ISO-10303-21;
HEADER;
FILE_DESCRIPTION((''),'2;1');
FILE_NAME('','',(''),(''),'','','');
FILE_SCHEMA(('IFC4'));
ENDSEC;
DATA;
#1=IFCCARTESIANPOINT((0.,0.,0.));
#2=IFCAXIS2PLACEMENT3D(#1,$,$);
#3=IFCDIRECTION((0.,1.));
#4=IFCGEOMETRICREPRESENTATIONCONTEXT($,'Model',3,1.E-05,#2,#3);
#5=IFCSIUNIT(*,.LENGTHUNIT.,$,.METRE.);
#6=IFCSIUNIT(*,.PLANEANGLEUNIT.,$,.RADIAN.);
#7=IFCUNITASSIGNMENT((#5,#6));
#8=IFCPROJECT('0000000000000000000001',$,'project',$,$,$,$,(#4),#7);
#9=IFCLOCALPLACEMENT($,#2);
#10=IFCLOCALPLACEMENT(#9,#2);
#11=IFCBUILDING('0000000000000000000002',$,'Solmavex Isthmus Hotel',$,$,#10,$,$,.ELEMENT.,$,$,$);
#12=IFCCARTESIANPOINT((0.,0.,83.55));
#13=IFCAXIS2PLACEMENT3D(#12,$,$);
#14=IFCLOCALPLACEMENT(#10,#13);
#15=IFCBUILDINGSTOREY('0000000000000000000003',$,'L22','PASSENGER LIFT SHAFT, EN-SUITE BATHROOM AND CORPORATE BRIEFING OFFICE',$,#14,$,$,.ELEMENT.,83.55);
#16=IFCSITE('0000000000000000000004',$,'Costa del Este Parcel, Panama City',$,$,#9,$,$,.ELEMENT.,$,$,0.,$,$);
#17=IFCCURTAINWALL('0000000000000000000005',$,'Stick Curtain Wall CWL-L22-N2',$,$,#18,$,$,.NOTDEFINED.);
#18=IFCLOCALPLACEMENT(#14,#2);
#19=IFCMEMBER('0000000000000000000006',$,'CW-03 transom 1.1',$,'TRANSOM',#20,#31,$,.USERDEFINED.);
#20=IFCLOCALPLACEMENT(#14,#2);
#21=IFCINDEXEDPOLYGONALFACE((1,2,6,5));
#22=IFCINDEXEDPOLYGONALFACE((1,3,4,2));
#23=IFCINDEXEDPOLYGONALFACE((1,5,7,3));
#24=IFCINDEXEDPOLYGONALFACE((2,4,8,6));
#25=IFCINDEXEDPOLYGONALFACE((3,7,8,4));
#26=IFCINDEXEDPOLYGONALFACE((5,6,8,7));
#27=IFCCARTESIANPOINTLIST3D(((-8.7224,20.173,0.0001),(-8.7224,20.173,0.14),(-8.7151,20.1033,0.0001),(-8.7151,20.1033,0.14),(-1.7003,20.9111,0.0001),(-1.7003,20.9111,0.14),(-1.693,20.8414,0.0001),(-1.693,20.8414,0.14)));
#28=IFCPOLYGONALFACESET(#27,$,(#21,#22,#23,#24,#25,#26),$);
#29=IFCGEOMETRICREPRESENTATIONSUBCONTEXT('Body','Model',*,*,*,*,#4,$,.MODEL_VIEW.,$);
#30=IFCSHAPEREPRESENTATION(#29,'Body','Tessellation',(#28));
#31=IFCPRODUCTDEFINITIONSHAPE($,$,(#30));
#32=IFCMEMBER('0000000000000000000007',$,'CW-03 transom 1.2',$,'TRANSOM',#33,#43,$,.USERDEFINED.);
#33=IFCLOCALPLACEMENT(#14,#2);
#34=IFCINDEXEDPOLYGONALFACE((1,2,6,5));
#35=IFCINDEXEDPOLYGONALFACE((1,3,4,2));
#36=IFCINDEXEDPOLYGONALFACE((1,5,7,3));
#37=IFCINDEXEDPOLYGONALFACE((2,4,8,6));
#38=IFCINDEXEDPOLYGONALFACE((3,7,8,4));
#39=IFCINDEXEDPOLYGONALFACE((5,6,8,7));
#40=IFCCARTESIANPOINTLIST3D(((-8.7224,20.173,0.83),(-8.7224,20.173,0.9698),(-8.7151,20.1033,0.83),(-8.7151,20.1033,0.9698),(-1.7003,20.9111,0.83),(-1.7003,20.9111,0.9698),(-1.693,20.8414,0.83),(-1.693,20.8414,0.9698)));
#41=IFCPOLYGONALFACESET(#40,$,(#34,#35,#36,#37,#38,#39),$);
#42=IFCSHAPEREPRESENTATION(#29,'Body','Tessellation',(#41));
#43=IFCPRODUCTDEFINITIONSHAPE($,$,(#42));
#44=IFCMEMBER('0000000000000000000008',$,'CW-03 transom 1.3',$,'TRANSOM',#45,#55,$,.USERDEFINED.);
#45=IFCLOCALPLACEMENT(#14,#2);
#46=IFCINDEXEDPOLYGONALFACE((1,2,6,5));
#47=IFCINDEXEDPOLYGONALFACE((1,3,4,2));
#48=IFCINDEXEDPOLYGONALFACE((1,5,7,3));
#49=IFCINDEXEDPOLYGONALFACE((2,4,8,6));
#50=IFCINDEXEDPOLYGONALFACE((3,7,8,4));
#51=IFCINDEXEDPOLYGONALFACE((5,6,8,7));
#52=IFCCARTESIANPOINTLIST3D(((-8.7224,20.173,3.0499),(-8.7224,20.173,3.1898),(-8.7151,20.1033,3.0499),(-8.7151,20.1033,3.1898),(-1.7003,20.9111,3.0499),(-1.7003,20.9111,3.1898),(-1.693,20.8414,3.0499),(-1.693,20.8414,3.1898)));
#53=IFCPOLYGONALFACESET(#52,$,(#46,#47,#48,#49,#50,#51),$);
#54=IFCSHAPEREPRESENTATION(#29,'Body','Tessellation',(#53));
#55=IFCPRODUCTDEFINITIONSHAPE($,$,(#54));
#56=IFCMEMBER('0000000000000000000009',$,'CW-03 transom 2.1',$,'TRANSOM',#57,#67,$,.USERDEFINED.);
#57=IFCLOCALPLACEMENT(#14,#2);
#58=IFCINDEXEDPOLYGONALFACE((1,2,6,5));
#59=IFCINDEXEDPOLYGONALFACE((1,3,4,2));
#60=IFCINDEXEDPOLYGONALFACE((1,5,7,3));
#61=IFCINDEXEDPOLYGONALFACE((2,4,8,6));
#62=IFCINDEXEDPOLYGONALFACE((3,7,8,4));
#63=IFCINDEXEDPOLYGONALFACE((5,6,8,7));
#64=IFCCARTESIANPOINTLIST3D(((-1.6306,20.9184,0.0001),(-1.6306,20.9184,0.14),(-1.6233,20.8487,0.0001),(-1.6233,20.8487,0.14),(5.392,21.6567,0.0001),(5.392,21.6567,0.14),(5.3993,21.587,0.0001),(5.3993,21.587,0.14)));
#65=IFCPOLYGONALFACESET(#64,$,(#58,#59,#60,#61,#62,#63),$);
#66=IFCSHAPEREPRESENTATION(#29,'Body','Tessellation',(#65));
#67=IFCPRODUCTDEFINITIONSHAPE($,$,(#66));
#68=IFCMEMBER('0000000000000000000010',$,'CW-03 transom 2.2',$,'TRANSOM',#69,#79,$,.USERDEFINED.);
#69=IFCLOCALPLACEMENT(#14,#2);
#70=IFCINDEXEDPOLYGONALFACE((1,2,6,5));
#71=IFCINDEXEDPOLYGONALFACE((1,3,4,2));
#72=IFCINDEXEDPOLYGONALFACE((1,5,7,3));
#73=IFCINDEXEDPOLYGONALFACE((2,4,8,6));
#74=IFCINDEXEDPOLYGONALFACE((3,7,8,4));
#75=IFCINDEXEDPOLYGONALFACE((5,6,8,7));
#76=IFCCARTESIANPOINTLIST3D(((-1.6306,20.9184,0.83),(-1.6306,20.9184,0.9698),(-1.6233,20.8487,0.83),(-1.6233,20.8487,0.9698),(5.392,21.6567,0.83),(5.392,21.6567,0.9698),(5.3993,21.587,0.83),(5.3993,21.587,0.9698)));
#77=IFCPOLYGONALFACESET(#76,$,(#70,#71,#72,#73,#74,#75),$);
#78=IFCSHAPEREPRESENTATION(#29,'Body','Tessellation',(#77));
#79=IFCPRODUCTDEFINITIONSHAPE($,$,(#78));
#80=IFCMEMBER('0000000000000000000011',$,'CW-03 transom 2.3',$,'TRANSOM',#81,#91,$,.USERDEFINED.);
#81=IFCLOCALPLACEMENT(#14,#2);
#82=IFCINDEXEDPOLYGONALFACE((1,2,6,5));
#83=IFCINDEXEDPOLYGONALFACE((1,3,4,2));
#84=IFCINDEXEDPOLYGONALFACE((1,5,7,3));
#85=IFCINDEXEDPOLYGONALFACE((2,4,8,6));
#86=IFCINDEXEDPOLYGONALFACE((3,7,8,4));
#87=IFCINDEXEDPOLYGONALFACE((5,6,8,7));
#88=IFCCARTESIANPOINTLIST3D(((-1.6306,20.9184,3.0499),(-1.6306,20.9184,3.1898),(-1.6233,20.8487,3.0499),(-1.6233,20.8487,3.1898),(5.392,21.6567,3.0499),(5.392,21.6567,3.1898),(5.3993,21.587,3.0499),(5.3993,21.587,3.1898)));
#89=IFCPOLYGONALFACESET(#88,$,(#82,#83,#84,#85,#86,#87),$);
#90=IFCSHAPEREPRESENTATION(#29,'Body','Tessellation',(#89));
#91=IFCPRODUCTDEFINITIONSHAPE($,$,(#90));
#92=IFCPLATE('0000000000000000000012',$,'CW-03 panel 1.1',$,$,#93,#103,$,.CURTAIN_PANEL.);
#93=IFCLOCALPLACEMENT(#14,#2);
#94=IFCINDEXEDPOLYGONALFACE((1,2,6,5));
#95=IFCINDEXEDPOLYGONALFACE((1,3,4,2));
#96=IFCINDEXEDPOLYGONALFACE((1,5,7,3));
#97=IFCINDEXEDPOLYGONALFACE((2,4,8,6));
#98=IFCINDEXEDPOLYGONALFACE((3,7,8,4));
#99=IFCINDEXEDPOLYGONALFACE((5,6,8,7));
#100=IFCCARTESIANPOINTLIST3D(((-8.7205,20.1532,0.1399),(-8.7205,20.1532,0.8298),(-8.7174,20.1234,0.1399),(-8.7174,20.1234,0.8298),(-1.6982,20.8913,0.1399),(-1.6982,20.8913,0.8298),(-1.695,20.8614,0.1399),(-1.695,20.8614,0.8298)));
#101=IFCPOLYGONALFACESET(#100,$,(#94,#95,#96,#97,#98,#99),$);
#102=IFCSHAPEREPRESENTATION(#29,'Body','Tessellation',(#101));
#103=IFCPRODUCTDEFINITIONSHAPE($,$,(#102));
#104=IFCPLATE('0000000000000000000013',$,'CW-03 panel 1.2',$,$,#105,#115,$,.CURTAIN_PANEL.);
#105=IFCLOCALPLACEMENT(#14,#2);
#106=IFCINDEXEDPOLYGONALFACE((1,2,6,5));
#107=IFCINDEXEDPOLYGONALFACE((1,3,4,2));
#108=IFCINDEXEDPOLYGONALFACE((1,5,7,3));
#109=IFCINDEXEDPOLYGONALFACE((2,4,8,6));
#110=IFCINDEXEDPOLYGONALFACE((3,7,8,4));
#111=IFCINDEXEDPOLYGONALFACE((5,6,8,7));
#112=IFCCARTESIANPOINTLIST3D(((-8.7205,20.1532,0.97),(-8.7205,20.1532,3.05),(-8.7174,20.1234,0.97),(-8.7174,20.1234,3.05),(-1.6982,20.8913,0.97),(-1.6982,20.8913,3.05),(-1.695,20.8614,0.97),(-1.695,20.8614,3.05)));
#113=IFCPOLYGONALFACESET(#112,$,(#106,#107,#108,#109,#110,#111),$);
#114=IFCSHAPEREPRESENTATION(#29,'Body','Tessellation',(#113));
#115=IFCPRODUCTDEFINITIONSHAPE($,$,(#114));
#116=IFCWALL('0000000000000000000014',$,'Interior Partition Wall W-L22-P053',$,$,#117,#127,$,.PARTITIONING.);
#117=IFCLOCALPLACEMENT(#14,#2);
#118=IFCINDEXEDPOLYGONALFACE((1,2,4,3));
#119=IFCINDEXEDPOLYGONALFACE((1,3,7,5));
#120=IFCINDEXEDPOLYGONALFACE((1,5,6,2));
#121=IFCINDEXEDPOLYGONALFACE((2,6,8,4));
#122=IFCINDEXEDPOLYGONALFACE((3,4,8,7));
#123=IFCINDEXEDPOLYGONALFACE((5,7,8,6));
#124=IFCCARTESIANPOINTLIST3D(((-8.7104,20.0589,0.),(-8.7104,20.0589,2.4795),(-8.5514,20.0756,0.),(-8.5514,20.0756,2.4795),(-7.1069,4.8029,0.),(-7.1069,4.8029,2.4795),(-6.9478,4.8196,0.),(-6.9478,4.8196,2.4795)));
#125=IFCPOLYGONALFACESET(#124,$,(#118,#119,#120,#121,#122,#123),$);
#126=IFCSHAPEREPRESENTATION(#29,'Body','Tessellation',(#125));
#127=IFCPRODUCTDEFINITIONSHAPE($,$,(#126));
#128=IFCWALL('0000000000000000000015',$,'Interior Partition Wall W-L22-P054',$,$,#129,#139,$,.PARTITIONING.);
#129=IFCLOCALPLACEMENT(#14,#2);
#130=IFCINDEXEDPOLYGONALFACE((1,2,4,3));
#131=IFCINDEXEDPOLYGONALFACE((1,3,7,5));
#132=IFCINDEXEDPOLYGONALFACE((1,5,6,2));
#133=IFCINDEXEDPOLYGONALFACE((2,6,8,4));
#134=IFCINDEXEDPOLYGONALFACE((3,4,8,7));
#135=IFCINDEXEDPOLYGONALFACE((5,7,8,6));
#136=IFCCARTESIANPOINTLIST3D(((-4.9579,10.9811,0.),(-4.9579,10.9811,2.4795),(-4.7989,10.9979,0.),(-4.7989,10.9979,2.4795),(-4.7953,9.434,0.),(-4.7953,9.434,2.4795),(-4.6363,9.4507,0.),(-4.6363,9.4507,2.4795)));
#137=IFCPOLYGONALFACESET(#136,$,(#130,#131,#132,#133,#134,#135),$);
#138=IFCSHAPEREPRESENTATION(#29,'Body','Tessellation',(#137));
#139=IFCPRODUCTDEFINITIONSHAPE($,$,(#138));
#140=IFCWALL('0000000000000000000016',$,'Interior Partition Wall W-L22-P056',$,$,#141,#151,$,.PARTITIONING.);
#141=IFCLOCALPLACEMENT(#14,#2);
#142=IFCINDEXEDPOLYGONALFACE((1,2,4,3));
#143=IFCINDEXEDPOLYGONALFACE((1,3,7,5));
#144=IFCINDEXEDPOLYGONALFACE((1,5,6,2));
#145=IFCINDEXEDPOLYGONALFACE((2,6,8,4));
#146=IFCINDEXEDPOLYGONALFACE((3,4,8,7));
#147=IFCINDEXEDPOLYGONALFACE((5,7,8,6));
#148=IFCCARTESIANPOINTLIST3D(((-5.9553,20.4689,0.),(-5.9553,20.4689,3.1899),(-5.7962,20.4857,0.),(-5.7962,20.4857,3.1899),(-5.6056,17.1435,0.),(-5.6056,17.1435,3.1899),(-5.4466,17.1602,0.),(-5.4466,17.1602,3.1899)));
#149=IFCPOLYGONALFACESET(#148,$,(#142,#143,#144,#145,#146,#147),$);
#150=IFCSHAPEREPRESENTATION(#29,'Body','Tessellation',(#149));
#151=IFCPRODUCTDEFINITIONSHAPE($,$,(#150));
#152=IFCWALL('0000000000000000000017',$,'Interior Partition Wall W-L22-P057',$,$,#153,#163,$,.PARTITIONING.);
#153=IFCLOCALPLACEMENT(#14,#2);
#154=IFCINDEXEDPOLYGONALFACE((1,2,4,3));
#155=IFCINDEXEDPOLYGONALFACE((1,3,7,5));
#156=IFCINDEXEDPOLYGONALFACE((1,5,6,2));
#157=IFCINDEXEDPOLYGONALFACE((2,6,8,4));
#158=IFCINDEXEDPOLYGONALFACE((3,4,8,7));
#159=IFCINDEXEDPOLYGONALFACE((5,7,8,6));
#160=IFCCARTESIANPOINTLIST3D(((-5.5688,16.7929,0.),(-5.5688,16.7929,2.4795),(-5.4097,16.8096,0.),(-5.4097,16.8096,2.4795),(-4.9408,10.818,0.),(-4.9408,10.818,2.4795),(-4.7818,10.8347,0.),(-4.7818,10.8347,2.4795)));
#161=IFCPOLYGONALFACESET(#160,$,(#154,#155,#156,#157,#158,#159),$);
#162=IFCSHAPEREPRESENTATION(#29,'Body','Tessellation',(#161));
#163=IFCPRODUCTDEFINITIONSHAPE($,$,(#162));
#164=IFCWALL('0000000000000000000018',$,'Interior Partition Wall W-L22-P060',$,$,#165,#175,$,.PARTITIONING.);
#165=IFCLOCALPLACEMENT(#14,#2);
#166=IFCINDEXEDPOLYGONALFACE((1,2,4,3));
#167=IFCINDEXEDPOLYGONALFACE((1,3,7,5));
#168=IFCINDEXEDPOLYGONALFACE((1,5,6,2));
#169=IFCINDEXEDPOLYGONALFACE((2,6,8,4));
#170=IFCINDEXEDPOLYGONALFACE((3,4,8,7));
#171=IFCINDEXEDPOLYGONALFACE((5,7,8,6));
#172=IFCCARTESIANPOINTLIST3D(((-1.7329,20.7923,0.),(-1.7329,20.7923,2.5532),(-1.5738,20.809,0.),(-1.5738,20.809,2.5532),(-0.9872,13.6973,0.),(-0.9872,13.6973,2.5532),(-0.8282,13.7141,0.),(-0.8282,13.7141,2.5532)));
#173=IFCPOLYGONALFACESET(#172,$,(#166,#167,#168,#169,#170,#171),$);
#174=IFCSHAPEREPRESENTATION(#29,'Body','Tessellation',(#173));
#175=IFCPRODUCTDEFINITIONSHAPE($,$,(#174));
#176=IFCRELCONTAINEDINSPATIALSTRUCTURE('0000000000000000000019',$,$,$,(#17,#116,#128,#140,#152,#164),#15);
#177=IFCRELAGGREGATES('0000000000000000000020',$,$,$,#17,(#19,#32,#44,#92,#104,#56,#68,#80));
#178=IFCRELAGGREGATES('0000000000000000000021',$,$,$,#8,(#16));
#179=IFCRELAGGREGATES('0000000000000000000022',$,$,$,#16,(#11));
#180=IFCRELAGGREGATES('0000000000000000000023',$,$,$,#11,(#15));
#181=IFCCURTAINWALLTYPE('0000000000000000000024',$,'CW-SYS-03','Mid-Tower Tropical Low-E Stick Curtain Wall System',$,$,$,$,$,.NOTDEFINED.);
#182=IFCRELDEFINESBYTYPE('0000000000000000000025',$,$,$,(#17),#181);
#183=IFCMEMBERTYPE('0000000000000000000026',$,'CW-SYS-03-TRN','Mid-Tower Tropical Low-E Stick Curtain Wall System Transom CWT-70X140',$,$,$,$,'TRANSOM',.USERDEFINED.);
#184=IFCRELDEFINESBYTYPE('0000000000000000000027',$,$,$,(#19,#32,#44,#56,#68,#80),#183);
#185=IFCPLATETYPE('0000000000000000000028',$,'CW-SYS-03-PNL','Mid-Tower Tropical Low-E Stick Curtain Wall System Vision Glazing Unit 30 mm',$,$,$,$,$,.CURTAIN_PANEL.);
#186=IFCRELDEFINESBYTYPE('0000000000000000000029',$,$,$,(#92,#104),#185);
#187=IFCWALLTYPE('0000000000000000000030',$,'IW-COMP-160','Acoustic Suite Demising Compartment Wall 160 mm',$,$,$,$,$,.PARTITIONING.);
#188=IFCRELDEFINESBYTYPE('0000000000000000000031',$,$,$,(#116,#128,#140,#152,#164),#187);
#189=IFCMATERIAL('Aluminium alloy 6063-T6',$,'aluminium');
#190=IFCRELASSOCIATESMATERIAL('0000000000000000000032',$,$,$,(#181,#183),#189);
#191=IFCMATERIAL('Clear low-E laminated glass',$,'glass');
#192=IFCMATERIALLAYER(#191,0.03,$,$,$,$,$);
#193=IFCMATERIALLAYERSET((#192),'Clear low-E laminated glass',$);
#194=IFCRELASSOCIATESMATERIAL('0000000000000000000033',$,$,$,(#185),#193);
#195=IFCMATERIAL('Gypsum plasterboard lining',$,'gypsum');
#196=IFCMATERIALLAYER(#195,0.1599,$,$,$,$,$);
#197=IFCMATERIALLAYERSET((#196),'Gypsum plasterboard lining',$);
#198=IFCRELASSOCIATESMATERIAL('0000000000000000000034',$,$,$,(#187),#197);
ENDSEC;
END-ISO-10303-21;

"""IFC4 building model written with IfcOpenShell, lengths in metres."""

from ifc_helpers import new_model, si_unit, direction, frame, frame_2d, origin, origin_2d, place, context, subcontext, project, spatial, rectangle, extrude, material, layer, layer_set, material_profile, profile_set, type_object, element, aggregate, save


model = new_model("IFC4")

# Units and contexts
model_context = context("Model", 3, precision=1e-05, world=origin(), true_north=direction((0.0, 1.0)))
body_context = subcontext(model_context, "Body", "Model", "MODEL_VIEW")
ifc_project = project(units=[si_unit("LENGTHUNIT", "METRE"), si_unit("PLANEANGLEUNIT", "RADIAN")], contexts=[model_context])

# Site, building, storey
site_placement = place(None, origin())
site = spatial("IfcSite", under=ifc_project, at=site_placement, Name="Costa del Este Parcel, Panama City", CompositionType="ELEMENT", RefElevation=0.0)
building_placement = place(site_placement, origin())
building = spatial("IfcBuilding", under=site, at=building_placement, Name="Solmavex Isthmus Hotel", CompositionType="ELEMENT")
storey_placement = place(building_placement, frame((0.0, 0.0, 83.55)))
storey = spatial("IfcBuildingStorey", under=building, at=storey_placement, Name="L22", Description="PASSENGER LIFT SHAFT, EN-SUITE BATHROOM AND CORPORATE BRIEFING OFFICE", CompositionType="ELEMENT", Elevation=83.55)

# Shared definitions
ifc_material_1 = material(Name="Aluminium alloy 6063-T6", Category="aluminium")
curtain_wall_type = type_object("IfcCurtainWallType", Name="CW-SYS-03", Description="Mid-Tower Tropical Low-E Stick Curtain Wall System", PredefinedType="NOTDEFINED", material=ifc_material_1)

# Curtain wall, members, plates
curtain_wall_1_placement = place(storey_placement, origin())
curtain_wall_1 = element("IfcCurtainWall", 1, at=curtain_wall_1_placement, inside=storey, type_object=curtain_wall_type, Name="Stick Curtain Wall CWL-L22-N2", PredefinedType="NOTDEFINED")
ifc_material_profile_1 = material_profile(ifc_material_1, rectangle(XDim=0.0701, YDim=0.1399, at=origin_2d()), Name="CWT-70X140")
ifc_profile_set_1 = profile_set([ifc_material_profile_1], Name="Aluminium alloy 6063-T6")
member_type_1 = type_object("IfcMemberType", Name="CW-SYS-03-TRN", Description="Mid-Tower Tropical Low-E Stick Curtain Wall System Transom CWT-70X140", ElementType="TRANSOM", PredefinedType="USERDEFINED", material=ifc_profile_set_1)
member_1_placement = place(storey_placement, frame((-8.7188, 20.1382, 0.0701), z_axis=(0.994522, 0.104525, 0.0), x_axis=(-0.104525, 0.994522, 0.0)))
member_1 = element("IfcMember", 2, at=member_1_placement, type_object=member_type_1, Name="CW-03 transom 1.1", ObjectType="TRANSOM", PredefinedType="USERDEFINED", context=body_context, shape_type="SweptSolid", body=[
    extrude(rectangle(XDim=0.0701, YDim=0.1399, at=origin_2d()), origin(), (0.0, 0.0, 1.0), 7.0608),
])
member_2_placement = place(storey_placement, frame((-8.7188, 20.1382, 0.8999), z_axis=(0.994522, 0.104525, 0.0), x_axis=(-0.104525, 0.994522, 0.0)))
member_2 = element("IfcMember", 3, at=member_2_placement, type_object=member_type_1, Name="CW-03 transom 1.2", ObjectType="TRANSOM", PredefinedType="USERDEFINED", context=body_context, shape_type="SweptSolid", body=[
    extrude(rectangle(XDim=0.0701, YDim=0.1399, at=origin_2d()), origin(), (0.0, 0.0, 1.0), 7.0608),
])
member_3_placement = place(storey_placement, frame((-8.7188, 20.1382, 3.1199), z_axis=(0.994522, 0.104525, 0.0), x_axis=(-0.104525, 0.994522, 0.0)))
member_3 = element("IfcMember", 4, at=member_3_placement, type_object=member_type_1, Name="CW-03 transom 1.3", ObjectType="TRANSOM", PredefinedType="USERDEFINED", context=body_context, shape_type="SweptSolid", body=[
    extrude(rectangle(XDim=0.0701, YDim=0.1399, at=origin_2d()), origin(), (0.0, 0.0, 1.0), 7.0608),
])
member_4_placement = place(storey_placement, frame((-1.627, 20.8835, 0.0701), z_axis=(0.994519, 0.104555, 0.0), x_axis=(-0.104555, 0.994519, 0.0)))
member_4 = element("IfcMember", 5, at=member_4_placement, type_object=member_type_1, Name="CW-03 transom 2.1", ObjectType="TRANSOM", PredefinedType="USERDEFINED", context=body_context, shape_type="SweptSolid", body=[
    extrude(rectangle(XDim=0.0701, YDim=0.1399, at=origin_2d()), origin(), (0.0, 0.0, 1.0), 7.0613),
])
member_5_placement = place(storey_placement, frame((-1.627, 20.8835, 0.8999), z_axis=(0.994519, 0.104555, 0.0), x_axis=(-0.104555, 0.994519, 0.0)))
member_5 = element("IfcMember", 6, at=member_5_placement, type_object=member_type_1, Name="CW-03 transom 2.2", ObjectType="TRANSOM", PredefinedType="USERDEFINED", context=body_context, shape_type="SweptSolid", body=[
    extrude(rectangle(XDim=0.0701, YDim=0.1399, at=origin_2d()), origin(), (0.0, 0.0, 1.0), 7.0613),
])
member_6_placement = place(storey_placement, frame((-1.627, 20.8835, 3.1199), z_axis=(0.994519, 0.104555, 0.0), x_axis=(-0.104555, 0.994519, 0.0)))
member_6 = element("IfcMember", 7, at=member_6_placement, type_object=member_type_1, Name="CW-03 transom 2.3", ObjectType="TRANSOM", PredefinedType="USERDEFINED", context=body_context, shape_type="SweptSolid", body=[
    extrude(rectangle(XDim=0.0701, YDim=0.1399, at=origin_2d()), origin(), (0.0, 0.0, 1.0), 7.0613),
])
ifc_material_2 = material(Name="Clear low-E laminated glass", Category="glass")
ifc_layer_1 = layer(ifc_material_2, 0.03)
ifc_layer_set_1 = layer_set([ifc_layer_1], Name="Clear low-E laminated glass")
plate_type = type_object("IfcPlateType", Name="CW-SYS-03-PNL", Description="Mid-Tower Tropical Low-E Stick Curtain Wall System Vision Glazing Unit 30 mm", PredefinedType="CURTAIN_PANEL", material=ifc_layer_set_1)
plate_1_placement = place(storey_placement, frame((-5.2078, 20.5073, 0.1399), z_axis=(0.0, 0.0, 1.0), x_axis=(0.994522, 0.104528, 0.0)))
plate_1 = element("IfcPlate", 8, at=plate_1_placement, type_object=plate_type, Name="CW-03 panel 1.1", PredefinedType="CURTAIN_PANEL", context=body_context, shape_type="SweptSolid", body=[
    extrude(rectangle(XDim=7.061, YDim=0.03, at=origin_2d()), origin(), (0.0, 0.0, 1.0), 0.6899),
])
plate_2_placement = place(storey_placement, frame((-5.2078, 20.5073, 0.97), z_axis=(0.0, 0.0, 1.0), x_axis=(0.994522, 0.104528, 0.0)))
plate_2 = element("IfcPlate", 9, at=plate_2_placement, type_object=plate_type, Name="CW-03 panel 1.2", PredefinedType="CURTAIN_PANEL", context=body_context, shape_type="SweptSolid", body=[
    extrude(rectangle(XDim=7.061, YDim=0.03, at=origin_2d()), origin(), (0.0, 0.0, 1.0), 2.0801),
])
aggregate(curtain_wall_1, [member_1, member_2, member_3, plate_1, plate_2, member_4, member_5, member_6])

# Walls
ifc_material_3 = material(Name="Gypsum plasterboard lining", Category="gypsum")
ifc_layer_2 = layer(ifc_material_3, 0.1599)
ifc_layer_set_2 = layer_set([ifc_layer_2], Name="Gypsum plasterboard lining")
wall_type_1 = type_object("IfcWallType", Name="IW-COMP-160", Description="Acoustic Suite Demising Compartment Wall 160 mm", PredefinedType="PARTITIONING", material=ifc_layer_set_2)
wall_1_placement = place(storey_placement, frame((-8.6309, 20.0671, 0.0), z_axis=(0.0, 0.0, 1.0), x_axis=(0.104531, -0.994522, 0.0)))
element("IfcWall", 10, at=wall_1_placement, inside=storey, type_object=wall_type_1, Name="Interior Partition Wall W-L22-P053", PredefinedType="PARTITIONING", context=body_context, shape_type="SweptSolid", body=[
    extrude(rectangle(XDim=15.3401, YDim=0.1599, at=frame_2d((7.6699, 0.0))), origin(), (0.0, 0.0, 1.0), 2.4795),
])
wall_2_placement = place(storey_placement, frame((-4.8784, 10.9895, 0.0), z_axis=(0.0, 0.0, 1.0), x_axis=(0.104521, -0.994523, 0.0)))
element("IfcWall", 11, at=wall_2_placement, inside=storey, type_object=wall_type_1, Name="Interior Partition Wall W-L22-P054", PredefinedType="PARTITIONING", context=body_context, shape_type="SweptSolid", body=[
    extrude(rectangle(XDim=1.5557, YDim=0.1599, at=frame_2d((0.7778, 0.0))), origin(), (0.0, 0.0, 1.0), 2.4795),
])
wall_3_placement = place(storey_placement, frame((-5.8757, 20.4773, 0.0), z_axis=(0.0, 0.0, 1.0), x_axis=(0.104556, -0.994519, 0.0)))
element("IfcWall", 12, at=wall_3_placement, inside=storey, type_object=wall_type_1, Name="Interior Partition Wall W-L22-P056", PredefinedType="PARTITIONING", context=body_context, shape_type="SweptSolid", body=[
    extrude(rectangle(XDim=3.3438, YDim=0.1599, at=frame_2d((1.6719, 0.0))), origin(), (0.0, 0.0, 1.0), 3.1899),
])
wall_4_placement = place(storey_placement, frame((-5.4893, 16.8013, 0.0), z_axis=(0.0, 0.0, 1.0), x_axis=(0.10452, -0.994523, 0.0)))
element("IfcWall", 13, at=wall_4_placement, inside=storey, type_object=wall_type_1, Name="Interior Partition Wall W-L22-P057", PredefinedType="PARTITIONING", context=body_context, shape_type="SweptSolid", body=[
    extrude(rectangle(XDim=6.0078, YDim=0.1599, at=frame_2d((3.0039, 0.0))), origin(), (0.0, 0.0, 1.0), 2.4795),
])

# Wall
wall_5_placement = place(storey_placement, frame((-1.6533, 20.8005, 0.0), z_axis=(0.0, 0.0, 1.0), x_axis=(0.104514, -0.994523, 0.0)))
element("IfcWall", 14, at=wall_5_placement, inside=storey, type_object=wall_type_1, Name="Interior Partition Wall W-L22-P060", PredefinedType="PARTITIONING", context=body_context, shape_type="SweptSolid", body=[
    extrude(rectangle(XDim=7.134, YDim=0.1599, at=frame_2d((3.5669, 0.0))), origin(), (0.0, 0.0, 1.0), 2.5532),
])

save(model, "model.ifc")
